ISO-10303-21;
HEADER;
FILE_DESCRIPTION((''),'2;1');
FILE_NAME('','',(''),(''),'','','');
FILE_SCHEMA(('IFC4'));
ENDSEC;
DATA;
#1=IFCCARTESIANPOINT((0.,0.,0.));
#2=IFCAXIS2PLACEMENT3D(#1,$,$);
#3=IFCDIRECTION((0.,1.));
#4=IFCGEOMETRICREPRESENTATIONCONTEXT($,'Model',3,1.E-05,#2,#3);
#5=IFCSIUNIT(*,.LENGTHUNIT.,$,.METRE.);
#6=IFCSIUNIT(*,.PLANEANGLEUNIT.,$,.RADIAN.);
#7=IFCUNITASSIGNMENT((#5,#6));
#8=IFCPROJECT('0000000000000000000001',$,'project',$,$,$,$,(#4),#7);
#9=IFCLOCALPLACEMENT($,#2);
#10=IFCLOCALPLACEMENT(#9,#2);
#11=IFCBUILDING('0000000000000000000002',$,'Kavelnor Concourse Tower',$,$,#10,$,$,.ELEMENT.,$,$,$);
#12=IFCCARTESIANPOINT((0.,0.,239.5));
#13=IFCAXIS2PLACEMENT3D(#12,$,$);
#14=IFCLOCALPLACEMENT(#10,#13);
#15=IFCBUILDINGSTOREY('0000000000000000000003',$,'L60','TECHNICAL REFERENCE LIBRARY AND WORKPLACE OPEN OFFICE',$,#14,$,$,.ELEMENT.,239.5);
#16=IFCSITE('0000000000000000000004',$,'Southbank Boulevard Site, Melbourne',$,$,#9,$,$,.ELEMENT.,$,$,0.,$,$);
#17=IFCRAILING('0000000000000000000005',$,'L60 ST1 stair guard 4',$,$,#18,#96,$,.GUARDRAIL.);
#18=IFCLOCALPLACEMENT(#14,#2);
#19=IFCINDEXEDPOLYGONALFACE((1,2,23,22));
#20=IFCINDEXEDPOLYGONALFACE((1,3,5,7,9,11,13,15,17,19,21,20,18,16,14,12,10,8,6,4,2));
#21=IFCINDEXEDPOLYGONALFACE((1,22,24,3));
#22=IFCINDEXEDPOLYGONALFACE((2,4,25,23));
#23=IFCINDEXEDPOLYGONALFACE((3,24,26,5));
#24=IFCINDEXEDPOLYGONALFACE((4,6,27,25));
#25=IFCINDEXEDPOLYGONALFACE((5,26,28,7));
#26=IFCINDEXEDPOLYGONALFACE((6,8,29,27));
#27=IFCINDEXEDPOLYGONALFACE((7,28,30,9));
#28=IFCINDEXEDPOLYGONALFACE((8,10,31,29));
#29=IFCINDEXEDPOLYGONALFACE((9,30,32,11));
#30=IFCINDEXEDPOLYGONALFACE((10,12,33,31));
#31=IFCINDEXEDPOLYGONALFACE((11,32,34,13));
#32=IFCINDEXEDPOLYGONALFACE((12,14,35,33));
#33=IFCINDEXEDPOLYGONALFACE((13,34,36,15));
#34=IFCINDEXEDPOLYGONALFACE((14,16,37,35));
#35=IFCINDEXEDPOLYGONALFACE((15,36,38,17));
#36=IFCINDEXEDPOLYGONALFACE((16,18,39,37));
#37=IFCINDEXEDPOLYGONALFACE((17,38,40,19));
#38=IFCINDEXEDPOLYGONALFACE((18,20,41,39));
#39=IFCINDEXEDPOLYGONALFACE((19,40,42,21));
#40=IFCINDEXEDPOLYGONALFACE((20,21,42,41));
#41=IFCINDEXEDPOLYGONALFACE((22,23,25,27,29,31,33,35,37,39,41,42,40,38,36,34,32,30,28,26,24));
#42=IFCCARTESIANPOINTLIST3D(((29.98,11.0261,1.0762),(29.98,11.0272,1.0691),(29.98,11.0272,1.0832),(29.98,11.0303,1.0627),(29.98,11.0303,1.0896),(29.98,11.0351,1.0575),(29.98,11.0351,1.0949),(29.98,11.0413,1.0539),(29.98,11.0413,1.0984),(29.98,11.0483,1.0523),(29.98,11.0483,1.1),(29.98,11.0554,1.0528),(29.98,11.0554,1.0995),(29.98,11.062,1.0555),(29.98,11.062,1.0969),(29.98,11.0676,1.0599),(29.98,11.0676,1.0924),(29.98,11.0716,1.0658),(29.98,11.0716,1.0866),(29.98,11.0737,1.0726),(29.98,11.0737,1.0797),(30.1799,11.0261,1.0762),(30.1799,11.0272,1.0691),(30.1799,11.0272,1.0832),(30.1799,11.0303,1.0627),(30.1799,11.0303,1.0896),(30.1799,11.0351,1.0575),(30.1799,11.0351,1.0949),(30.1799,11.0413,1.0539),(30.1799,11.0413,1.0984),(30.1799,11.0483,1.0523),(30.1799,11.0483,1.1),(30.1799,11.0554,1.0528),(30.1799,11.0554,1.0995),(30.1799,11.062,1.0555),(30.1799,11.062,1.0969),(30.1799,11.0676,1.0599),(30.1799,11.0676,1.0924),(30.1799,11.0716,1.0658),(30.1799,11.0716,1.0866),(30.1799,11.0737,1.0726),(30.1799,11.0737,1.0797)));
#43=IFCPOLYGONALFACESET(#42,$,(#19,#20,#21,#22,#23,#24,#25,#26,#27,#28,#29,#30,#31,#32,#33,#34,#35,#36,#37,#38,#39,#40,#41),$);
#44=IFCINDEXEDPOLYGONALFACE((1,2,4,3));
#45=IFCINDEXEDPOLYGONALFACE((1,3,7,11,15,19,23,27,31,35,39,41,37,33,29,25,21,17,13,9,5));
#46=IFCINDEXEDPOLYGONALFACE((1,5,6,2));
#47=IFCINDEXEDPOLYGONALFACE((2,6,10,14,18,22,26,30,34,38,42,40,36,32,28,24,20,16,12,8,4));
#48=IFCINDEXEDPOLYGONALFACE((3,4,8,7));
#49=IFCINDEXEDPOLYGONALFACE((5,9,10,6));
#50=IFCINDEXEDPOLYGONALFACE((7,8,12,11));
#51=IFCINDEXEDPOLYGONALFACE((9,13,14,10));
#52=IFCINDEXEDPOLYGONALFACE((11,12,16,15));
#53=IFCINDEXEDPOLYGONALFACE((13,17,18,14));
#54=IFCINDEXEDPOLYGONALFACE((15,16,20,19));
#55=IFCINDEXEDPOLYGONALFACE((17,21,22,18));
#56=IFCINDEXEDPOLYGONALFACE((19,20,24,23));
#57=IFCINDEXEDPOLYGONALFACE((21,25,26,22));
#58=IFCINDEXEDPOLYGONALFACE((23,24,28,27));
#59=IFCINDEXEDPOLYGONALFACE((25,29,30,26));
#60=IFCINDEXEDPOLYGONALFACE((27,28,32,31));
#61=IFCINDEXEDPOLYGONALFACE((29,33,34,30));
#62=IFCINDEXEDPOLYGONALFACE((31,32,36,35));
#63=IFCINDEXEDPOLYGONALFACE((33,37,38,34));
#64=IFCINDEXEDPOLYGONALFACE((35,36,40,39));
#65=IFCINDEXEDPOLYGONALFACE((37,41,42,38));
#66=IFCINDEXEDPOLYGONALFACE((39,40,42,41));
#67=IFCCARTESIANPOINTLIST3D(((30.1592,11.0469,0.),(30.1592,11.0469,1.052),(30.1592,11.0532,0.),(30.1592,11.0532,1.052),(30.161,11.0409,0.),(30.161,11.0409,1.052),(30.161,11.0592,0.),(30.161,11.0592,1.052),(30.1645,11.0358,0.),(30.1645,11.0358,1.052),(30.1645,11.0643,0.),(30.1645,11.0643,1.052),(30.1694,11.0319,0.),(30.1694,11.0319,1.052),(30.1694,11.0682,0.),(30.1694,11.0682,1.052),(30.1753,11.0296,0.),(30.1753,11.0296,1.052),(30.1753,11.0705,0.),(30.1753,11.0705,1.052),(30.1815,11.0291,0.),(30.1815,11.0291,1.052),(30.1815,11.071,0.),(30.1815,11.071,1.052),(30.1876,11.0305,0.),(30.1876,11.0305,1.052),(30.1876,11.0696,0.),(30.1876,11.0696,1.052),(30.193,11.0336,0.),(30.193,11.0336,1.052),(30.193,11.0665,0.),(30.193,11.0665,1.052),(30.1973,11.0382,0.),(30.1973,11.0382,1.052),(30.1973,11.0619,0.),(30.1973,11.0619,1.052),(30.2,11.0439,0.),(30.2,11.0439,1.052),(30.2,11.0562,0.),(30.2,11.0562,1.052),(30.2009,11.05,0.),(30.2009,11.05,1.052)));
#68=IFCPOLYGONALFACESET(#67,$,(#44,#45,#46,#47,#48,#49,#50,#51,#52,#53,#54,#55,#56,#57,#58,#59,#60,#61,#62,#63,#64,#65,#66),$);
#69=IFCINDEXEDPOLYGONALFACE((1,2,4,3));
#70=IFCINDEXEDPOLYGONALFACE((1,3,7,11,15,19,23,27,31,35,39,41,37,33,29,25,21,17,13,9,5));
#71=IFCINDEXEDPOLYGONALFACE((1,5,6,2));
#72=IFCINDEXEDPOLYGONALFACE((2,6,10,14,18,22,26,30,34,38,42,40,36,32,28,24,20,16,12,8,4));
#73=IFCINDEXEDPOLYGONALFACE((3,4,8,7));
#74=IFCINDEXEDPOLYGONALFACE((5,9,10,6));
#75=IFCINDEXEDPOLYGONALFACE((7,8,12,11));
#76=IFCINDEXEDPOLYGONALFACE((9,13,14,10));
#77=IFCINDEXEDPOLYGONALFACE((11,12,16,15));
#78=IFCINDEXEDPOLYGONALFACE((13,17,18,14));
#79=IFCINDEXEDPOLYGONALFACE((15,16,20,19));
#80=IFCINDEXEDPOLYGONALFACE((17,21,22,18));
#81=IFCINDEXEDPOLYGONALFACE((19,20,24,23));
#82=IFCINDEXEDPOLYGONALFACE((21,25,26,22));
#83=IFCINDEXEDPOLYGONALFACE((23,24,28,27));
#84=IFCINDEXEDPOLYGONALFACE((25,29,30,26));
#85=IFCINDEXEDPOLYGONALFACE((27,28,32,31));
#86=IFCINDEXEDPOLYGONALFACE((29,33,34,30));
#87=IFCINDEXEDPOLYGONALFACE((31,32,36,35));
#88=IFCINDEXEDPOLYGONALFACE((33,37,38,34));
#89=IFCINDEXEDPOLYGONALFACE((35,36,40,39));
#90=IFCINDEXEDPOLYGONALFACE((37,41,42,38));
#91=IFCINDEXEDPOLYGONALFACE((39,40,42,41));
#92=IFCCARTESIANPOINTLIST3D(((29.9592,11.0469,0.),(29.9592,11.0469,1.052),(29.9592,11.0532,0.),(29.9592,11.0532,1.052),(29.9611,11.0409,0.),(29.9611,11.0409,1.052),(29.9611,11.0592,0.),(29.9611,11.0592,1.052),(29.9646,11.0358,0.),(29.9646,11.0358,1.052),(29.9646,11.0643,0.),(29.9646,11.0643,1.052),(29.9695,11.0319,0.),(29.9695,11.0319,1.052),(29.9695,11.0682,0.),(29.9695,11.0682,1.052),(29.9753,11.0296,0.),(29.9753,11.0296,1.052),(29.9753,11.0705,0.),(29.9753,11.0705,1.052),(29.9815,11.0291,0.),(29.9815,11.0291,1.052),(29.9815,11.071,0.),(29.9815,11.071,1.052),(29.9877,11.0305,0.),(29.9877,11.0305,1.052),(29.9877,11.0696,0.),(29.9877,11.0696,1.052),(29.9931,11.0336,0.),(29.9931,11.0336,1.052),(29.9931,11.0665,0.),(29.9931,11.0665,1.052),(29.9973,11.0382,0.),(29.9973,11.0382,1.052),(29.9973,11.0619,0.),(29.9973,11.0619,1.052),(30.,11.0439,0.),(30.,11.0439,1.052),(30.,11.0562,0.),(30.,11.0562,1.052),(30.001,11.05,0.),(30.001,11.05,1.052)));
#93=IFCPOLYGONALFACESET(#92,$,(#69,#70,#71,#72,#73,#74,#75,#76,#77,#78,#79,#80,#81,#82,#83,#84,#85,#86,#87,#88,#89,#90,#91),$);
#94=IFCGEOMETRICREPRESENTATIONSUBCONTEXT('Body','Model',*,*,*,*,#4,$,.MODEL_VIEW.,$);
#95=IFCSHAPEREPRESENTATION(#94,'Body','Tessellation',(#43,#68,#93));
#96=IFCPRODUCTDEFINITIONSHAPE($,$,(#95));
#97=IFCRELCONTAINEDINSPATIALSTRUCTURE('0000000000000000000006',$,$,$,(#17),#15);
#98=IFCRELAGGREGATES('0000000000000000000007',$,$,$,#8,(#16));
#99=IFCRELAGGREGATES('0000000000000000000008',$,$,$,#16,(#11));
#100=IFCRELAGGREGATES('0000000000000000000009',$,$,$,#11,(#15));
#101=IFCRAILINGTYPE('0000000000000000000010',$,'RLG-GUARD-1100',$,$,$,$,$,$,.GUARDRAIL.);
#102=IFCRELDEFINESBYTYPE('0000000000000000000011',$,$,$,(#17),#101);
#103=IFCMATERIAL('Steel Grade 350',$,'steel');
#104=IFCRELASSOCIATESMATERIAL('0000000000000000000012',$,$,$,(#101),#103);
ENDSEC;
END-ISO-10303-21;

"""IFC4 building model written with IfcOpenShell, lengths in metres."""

from ifc_helpers import new_model, si_unit, direction, frame, origin, origin_2d, place, context, subcontext, project, spatial, circle, extrude, material, type_object, element, save


model = new_model("IFC4")

# Units and contexts
model_context = context("Model", 3, precision=1e-05, world=origin(), true_north=direction((0.0, 1.0)))
body_context = subcontext(model_context, "Body", "Model", "MODEL_VIEW")
ifc_project = project(units=[si_unit("LENGTHUNIT", "METRE"), si_unit("PLANEANGLEUNIT", "RADIAN")], contexts=[model_context])

# Site, building, storey
site_placement = place(None, origin())
site = spatial("IfcSite", under=ifc_project, at=site_placement, Name="Southbank Boulevard Site, Melbourne", CompositionType="ELEMENT", RefElevation=0.0)
building_placement = place(site_placement, origin())
building = spatial("IfcBuilding", under=site, at=building_placement, Name="Kavelnor Concourse Tower", CompositionType="ELEMENT")
storey_placement = place(building_placement, frame((0.0, 0.0, 239.5)))
storey = spatial("IfcBuildingStorey", under=building, at=storey_placement, Name="L60", Description="TECHNICAL REFERENCE LIBRARY AND WORKPLACE OPEN OFFICE", CompositionType="ELEMENT", Elevation=239.5)

# Shared definitions
ifc_material_1 = material(Name="Steel Grade 350", Category="steel")

# Railing
railing_type_1 = type_object("IfcRailingType", Name="RLG-GUARD-1100", PredefinedType="GUARDRAIL", material=ifc_material_1)
railing_1_placement = place(storey_placement, frame((30.1799, 11.05, 0.0)))
element("IfcRailing", 1, at=railing_1_placement, inside=storey, type_object=railing_type_1, Name="L60 ST1 stair guard 4", PredefinedType="GUARDRAIL", context=body_context, shape_type="SweptSolid", body=[
    extrude(circle(Radius=0.0239, at=origin_2d()), frame((0.0, 0.0, 1.0762), z_axis=(-1.0, 0.0, 0.0), x_axis=(0.0, -1.0, 0.0)), (0.0, 0.0, 1.0), 0.2),
    extrude(circle(Radius=0.021, at=origin_2d()), origin(), (0.0, 0.0, 1.0), 1.052),
    extrude(circle(Radius=0.021, at=origin_2d()), frame((-0.2, 0.0, 0.0)), (0.0, 0.0, 1.0), 1.052),
])

save(model, "model.ifc")
